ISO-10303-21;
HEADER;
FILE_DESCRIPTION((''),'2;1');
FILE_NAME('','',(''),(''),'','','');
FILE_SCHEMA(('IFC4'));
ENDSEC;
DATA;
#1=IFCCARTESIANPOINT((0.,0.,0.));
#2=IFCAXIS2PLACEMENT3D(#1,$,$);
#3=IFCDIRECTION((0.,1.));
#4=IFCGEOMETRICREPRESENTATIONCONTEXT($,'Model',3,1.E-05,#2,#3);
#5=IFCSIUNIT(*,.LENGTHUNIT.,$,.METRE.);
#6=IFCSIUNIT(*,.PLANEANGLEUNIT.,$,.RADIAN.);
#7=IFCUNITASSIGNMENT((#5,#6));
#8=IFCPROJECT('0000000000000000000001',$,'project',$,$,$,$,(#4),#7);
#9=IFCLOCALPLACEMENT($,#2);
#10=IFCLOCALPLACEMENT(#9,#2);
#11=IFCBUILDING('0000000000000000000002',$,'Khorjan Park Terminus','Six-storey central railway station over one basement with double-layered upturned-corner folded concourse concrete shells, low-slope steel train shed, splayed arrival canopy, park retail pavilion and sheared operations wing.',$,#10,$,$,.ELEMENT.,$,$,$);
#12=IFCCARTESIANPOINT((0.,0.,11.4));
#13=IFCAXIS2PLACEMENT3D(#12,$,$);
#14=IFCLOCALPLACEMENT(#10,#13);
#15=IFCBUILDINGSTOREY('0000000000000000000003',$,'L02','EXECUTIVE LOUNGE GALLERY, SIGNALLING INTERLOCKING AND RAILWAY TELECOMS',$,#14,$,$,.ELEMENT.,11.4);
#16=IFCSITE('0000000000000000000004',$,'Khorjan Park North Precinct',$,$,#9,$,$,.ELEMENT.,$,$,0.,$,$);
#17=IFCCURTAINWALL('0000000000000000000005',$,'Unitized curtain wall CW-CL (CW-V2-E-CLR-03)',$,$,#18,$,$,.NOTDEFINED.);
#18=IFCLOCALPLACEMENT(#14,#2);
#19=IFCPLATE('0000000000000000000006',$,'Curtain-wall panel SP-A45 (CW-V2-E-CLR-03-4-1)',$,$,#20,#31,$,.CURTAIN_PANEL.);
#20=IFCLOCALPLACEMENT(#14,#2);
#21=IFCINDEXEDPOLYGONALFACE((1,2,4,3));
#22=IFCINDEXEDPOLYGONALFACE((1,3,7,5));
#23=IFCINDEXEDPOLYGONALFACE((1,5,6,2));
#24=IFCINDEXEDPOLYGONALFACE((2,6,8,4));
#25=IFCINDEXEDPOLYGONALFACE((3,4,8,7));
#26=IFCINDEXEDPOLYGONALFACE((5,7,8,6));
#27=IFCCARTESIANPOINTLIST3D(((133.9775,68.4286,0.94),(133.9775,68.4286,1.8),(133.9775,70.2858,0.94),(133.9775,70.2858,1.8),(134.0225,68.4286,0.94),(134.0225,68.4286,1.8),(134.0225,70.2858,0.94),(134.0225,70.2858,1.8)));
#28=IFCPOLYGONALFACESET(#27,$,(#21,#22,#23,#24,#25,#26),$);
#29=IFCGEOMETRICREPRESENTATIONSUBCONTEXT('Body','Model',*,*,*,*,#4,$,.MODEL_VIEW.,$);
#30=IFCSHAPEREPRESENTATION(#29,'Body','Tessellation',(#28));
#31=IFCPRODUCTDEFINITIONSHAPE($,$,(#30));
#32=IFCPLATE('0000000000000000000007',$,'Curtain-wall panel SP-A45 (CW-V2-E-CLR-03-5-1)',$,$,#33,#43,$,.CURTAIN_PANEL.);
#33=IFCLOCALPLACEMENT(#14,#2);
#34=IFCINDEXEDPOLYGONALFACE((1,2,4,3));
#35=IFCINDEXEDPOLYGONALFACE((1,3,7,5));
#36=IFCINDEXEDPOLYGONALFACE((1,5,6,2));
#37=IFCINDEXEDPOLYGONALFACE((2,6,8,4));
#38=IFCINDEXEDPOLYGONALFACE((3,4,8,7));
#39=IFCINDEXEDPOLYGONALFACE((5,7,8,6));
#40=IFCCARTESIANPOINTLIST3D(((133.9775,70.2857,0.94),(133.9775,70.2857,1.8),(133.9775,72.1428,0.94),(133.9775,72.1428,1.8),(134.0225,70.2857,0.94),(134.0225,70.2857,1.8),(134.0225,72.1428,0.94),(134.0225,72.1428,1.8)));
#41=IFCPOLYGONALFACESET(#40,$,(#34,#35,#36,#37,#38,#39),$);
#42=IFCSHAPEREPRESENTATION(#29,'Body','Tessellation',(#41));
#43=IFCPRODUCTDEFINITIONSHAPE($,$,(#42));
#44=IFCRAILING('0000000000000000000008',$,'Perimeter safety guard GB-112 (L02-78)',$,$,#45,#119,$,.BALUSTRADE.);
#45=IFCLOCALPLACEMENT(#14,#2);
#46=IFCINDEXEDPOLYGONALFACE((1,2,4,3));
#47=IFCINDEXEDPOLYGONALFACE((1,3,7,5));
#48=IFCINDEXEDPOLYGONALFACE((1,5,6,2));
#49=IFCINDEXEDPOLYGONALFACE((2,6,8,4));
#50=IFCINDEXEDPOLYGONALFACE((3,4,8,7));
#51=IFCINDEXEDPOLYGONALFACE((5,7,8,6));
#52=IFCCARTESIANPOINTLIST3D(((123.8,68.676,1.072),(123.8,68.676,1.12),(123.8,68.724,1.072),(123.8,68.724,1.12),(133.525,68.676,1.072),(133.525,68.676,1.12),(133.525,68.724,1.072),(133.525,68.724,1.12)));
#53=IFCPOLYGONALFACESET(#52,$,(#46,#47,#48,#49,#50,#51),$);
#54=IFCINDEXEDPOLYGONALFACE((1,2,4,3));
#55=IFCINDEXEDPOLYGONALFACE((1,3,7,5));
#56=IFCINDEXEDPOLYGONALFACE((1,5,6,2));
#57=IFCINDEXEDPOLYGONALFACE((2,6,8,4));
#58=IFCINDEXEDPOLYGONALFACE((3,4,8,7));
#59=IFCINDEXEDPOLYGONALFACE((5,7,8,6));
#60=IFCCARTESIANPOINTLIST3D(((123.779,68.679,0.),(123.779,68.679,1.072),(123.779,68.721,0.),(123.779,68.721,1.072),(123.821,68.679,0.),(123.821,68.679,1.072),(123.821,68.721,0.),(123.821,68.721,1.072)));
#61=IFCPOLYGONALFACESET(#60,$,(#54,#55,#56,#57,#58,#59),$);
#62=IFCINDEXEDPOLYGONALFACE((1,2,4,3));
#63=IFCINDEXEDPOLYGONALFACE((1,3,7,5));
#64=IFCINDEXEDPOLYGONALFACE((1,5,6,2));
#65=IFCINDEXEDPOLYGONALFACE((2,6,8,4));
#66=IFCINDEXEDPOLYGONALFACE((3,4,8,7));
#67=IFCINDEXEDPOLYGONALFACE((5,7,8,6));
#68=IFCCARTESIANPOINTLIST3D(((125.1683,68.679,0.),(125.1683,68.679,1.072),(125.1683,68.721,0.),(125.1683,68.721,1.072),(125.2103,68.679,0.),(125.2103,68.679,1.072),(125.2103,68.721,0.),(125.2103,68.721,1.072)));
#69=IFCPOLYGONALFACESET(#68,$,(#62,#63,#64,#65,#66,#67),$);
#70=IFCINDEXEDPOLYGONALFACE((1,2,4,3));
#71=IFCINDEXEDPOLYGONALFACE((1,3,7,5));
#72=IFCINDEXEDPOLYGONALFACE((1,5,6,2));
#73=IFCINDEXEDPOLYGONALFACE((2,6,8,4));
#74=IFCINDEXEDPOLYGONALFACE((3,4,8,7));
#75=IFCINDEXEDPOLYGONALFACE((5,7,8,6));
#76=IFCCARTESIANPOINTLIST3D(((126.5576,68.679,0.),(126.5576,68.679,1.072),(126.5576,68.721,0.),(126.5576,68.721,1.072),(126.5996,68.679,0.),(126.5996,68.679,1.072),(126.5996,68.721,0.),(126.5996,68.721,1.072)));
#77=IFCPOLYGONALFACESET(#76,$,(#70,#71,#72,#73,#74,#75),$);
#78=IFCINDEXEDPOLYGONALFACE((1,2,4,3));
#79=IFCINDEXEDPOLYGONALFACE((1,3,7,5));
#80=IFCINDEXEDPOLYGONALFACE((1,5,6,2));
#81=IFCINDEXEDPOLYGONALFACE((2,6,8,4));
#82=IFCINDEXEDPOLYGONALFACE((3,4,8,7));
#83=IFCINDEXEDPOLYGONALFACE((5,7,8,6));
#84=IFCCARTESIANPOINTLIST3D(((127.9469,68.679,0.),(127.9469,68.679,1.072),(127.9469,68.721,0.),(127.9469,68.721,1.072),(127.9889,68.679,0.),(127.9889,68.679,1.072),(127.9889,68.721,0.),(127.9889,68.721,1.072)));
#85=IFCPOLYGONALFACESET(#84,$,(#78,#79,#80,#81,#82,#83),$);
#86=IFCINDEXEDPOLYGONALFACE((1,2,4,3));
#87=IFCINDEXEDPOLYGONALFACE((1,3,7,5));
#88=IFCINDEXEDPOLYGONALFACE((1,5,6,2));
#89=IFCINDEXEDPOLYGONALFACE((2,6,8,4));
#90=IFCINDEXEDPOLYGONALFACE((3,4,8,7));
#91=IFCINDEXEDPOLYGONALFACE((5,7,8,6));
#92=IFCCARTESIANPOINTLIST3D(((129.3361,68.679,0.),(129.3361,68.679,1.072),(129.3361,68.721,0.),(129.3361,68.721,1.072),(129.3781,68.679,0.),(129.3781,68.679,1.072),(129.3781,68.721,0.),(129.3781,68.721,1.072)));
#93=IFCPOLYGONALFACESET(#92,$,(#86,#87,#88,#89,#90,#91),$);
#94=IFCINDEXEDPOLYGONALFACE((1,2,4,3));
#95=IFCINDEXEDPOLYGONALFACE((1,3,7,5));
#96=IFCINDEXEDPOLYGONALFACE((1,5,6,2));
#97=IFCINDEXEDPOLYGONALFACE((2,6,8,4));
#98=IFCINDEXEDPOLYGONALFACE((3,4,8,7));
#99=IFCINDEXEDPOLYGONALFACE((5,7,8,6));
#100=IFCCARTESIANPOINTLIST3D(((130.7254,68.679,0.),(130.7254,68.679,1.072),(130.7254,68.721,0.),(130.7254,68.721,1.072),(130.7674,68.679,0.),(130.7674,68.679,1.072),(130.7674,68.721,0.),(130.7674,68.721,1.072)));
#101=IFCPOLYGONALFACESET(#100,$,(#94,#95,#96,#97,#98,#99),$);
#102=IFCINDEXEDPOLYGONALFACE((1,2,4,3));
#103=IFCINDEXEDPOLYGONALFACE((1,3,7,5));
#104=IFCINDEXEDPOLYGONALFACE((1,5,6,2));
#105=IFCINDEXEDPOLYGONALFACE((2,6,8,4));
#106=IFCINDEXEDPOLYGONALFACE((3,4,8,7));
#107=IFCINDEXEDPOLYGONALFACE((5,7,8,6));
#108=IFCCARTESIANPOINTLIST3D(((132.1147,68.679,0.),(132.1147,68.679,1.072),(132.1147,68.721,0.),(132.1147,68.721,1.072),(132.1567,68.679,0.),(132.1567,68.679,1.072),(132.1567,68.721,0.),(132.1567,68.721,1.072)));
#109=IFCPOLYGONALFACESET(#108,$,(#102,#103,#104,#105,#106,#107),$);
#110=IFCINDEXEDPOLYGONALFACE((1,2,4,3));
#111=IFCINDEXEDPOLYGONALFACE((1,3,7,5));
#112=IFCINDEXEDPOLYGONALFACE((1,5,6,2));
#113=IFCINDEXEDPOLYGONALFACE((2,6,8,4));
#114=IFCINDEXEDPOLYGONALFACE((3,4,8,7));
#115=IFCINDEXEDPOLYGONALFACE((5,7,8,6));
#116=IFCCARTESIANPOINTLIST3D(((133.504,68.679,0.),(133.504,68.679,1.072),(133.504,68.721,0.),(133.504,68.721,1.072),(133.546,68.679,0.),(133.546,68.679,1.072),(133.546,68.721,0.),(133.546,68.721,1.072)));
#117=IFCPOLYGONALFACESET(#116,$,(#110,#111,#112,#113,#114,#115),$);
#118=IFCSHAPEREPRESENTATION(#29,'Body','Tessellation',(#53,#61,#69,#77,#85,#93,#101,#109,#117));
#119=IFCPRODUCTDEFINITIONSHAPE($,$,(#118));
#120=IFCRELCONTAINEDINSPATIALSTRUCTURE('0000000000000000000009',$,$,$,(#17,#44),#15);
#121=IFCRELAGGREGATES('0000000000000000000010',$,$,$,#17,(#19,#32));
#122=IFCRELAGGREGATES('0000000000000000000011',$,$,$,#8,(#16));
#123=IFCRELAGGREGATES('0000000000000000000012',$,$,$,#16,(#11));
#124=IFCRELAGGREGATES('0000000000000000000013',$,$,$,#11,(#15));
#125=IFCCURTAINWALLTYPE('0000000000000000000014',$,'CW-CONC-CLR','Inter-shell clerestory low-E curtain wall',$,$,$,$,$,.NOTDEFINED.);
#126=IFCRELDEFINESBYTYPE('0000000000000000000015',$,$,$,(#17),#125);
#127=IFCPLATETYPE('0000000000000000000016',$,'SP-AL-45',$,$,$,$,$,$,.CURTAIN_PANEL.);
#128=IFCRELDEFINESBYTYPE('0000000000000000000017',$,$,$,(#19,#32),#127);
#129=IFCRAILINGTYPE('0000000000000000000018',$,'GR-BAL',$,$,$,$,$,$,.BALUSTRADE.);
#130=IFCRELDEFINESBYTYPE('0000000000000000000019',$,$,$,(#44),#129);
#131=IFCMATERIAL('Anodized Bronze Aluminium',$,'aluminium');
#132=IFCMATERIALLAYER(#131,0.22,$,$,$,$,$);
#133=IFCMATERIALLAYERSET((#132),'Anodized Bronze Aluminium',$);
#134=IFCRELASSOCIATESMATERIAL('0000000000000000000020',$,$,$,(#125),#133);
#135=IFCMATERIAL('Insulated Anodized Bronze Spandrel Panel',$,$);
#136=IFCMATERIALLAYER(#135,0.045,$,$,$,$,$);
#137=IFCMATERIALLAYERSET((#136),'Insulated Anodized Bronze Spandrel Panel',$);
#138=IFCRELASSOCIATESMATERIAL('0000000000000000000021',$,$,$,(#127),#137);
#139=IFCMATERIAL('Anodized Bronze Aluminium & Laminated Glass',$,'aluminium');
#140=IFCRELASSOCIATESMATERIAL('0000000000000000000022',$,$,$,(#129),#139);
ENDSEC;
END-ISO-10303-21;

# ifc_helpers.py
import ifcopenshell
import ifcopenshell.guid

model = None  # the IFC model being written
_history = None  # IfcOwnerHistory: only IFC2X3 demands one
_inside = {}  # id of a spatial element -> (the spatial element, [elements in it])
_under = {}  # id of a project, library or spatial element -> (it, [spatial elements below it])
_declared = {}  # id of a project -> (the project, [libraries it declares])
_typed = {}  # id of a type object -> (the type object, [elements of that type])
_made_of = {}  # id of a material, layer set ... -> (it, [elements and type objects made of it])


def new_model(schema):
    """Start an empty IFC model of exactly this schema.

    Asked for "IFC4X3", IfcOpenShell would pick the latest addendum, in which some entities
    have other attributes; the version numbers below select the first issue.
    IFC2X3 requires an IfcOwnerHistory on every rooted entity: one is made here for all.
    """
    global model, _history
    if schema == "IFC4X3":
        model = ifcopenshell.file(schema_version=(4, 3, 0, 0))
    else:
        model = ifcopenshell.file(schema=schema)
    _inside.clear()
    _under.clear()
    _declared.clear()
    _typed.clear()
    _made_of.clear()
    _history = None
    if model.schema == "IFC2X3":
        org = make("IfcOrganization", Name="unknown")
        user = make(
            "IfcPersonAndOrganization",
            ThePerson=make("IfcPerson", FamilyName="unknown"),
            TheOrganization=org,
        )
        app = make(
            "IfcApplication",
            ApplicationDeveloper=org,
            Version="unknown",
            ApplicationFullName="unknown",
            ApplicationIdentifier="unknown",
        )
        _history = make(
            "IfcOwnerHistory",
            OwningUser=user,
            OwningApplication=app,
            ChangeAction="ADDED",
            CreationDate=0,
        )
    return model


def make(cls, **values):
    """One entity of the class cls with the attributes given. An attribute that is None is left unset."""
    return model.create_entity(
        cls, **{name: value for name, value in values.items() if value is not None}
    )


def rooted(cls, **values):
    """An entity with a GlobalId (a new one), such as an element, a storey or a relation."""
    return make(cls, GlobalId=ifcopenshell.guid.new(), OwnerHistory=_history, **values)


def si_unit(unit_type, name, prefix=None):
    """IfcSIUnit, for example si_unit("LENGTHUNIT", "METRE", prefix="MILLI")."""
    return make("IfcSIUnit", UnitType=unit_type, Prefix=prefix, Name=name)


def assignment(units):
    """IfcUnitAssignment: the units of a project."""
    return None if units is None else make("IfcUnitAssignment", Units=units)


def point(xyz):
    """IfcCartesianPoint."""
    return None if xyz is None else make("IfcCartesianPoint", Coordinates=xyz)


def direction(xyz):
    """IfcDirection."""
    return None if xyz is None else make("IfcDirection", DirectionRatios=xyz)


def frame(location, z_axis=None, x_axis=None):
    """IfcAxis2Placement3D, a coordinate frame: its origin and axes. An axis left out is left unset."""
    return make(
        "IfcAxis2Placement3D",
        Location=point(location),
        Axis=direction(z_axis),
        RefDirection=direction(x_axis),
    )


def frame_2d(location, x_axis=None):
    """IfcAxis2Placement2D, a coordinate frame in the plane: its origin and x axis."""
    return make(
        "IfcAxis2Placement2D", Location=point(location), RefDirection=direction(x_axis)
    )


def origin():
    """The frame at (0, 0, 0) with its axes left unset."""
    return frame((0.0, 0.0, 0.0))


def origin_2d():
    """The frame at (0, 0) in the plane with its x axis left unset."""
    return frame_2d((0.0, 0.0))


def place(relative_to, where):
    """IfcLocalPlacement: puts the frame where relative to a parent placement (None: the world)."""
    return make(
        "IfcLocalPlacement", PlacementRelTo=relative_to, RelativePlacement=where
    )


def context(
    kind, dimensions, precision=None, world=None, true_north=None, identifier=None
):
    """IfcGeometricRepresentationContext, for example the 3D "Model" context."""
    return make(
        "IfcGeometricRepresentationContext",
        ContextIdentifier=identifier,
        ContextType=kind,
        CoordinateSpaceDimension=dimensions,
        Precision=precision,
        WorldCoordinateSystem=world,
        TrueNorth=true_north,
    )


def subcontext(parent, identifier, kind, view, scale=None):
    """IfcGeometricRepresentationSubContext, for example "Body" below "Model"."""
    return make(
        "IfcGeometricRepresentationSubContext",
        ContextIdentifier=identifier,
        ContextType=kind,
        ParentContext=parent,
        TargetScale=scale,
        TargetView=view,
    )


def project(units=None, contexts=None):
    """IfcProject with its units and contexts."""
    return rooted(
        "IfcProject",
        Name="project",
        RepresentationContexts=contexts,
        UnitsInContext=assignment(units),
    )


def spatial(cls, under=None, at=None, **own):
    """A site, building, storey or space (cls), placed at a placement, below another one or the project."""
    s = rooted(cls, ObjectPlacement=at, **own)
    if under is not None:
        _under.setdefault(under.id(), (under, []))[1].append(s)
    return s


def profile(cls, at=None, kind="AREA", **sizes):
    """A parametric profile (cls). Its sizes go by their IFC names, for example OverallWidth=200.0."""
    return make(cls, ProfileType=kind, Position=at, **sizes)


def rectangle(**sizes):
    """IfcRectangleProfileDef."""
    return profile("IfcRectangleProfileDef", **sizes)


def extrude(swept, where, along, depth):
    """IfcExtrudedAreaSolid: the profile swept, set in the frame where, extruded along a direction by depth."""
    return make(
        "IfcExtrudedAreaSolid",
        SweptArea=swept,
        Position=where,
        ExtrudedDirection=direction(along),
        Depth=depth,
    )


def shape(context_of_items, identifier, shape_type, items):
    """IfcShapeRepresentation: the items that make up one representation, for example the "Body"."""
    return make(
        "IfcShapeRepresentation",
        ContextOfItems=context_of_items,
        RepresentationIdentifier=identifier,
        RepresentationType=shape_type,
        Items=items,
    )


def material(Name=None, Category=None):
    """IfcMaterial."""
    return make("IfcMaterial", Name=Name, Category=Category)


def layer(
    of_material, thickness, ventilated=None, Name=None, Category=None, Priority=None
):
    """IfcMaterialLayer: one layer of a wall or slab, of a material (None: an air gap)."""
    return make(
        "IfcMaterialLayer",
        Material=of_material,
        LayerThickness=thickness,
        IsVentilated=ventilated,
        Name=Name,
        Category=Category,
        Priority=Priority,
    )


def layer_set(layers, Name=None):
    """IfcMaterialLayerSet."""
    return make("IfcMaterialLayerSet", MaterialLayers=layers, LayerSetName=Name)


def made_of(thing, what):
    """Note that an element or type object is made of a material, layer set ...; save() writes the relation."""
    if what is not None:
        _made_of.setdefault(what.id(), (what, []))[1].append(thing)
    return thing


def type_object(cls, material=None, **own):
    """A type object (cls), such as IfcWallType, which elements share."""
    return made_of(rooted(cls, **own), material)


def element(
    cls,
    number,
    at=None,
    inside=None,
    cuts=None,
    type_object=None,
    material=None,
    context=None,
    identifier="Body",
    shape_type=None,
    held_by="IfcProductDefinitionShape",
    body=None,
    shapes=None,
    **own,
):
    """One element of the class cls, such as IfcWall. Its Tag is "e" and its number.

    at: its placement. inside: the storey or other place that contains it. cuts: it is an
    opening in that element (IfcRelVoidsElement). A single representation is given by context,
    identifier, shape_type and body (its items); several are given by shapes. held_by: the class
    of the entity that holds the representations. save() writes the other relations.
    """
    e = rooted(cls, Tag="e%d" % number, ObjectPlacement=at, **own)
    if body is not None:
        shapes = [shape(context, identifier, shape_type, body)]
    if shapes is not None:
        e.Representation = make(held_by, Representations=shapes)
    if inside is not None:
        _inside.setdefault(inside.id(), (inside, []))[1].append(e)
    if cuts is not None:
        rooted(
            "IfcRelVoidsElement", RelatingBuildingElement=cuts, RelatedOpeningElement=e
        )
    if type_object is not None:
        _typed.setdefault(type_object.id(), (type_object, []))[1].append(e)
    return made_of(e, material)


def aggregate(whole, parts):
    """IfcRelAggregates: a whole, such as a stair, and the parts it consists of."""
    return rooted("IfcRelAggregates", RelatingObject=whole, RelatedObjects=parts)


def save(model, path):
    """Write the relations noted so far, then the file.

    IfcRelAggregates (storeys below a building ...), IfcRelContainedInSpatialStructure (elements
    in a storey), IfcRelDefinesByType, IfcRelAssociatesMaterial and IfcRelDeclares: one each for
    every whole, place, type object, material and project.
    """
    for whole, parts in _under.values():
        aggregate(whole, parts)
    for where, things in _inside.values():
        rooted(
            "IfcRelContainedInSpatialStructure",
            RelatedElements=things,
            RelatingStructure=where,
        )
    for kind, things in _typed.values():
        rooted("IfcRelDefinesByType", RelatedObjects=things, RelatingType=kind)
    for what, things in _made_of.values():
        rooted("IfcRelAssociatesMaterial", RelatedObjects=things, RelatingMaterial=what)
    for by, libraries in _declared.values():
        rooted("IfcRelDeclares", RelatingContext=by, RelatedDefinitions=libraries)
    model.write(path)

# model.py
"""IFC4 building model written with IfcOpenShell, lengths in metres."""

from ifc_helpers import new_model, si_unit, direction, frame, origin, origin_2d, place, context, subcontext, project, spatial, rectangle, extrude, material, layer, layer_set, type_object, element, aggregate, save


model = new_model("IFC4")

# Units and contexts
model_context = context("Model", 3, precision=1e-05, world=origin(), true_north=direction((0.0, 1.0)))
body_context = subcontext(model_context, "Body", "Model", "MODEL_VIEW")
ifc_project = project(units=[si_unit("LENGTHUNIT", "METRE"), si_unit("PLANEANGLEUNIT", "RADIAN")], contexts=[model_context])

# Site, building, storey
site_placement = place(None, origin())
site = spatial("IfcSite", under=ifc_project, at=site_placement, Name="Khorjan Park North Precinct", CompositionType="ELEMENT", RefElevation=0.0)
building_placement = place(site_placement, origin())
building = spatial("IfcBuilding", under=site, at=building_placement, Name="Khorjan Park Terminus", Description="Six-storey central railway station over one basement with double-layered upturned-corner folded concourse concrete shells, low-slope steel train shed, splayed arrival canopy, park retail pavilion and sheared operations wing.", CompositionType="ELEMENT")
storey_placement = place(building_placement, frame((0.0, 0.0, 11.4)))
storey = spatial("IfcBuildingStorey", under=building, at=storey_placement, Name="L02", Description="EXECUTIVE LOUNGE GALLERY, SIGNALLING INTERLOCKING AND RAILWAY TELECOMS", CompositionType="ELEMENT", Elevation=11.4)

# Curtain wall
ifc_material_1 = material(Name="Anodized Bronze Aluminium", Category="aluminium")
ifc_layer_1 = layer(ifc_material_1, 0.22)
ifc_layer_set_1 = layer_set([ifc_layer_1], Name="Anodized Bronze Aluminium")
curtain_wall_type = type_object("IfcCurtainWallType", Name="CW-CONC-CLR", Description="Inter-shell clerestory low-E curtain wall", PredefinedType="NOTDEFINED", material=ifc_layer_set_1)
curtain_wall_placement = place(storey_placement, origin())
curtain_wall = element("IfcCurtainWall", 1, at=curtain_wall_placement, inside=storey, type_object=curtain_wall_type, Name="Unitized curtain wall CW-CL (CW-V2-E-CLR-03)", PredefinedType="NOTDEFINED")

# Plates
ifc_material_2 = material(Name="Insulated Anodized Bronze Spandrel Panel")
ifc_layer_2 = layer(ifc_material_2, 0.045)
ifc_layer_set_2 = layer_set([ifc_layer_2], Name="Insulated Anodized Bronze Spandrel Panel")
plate_type_1 = type_object("IfcPlateType", Name="SP-AL-45", PredefinedType="CURTAIN_PANEL", material=ifc_layer_set_2)
plate_1_placement = place(storey_placement, frame((134.0, 69.3572, 0.94), z_axis=(0.0, 0.0, 1.0), x_axis=(0.0, 1.0, 0.0)))
plate_1 = element("IfcPlate", 2, at=plate_1_placement, type_object=plate_type_1, Name="Curtain-wall panel SP-A45 (CW-V2-E-CLR-03-4-1)", PredefinedType="CURTAIN_PANEL", context=body_context, shape_type="SweptSolid", body=[
    extrude(rectangle(XDim=1.8571, YDim=0.045, at=origin_2d()), origin(), (0.0, 0.0, 1.0), 0.86),
])
plate_2_placement = place(storey_placement, frame((134.0, 71.2143, 0.94), z_axis=(0.0, 0.0, 1.0), x_axis=(0.0, 1.0, 0.0)))
plate_2 = element("IfcPlate", 3, at=plate_2_placement, type_object=plate_type_1, Name="Curtain-wall panel SP-A45 (CW-V2-E-CLR-03-5-1)", PredefinedType="CURTAIN_PANEL", context=body_context, shape_type="SweptSolid", body=[
    extrude(rectangle(XDim=1.8571, YDim=0.045, at=origin_2d()), origin(), (0.0, 0.0, 1.0), 0.86),
])
aggregate(curtain_wall, [plate_1, plate_2])

# Railing
ifc_material_3 = material(Name="Anodized Bronze Aluminium & Laminated Glass", Category="aluminium")
railing_type = type_object("IfcRailingType", Name="GR-BAL", PredefinedType="BALUSTRADE", material=ifc_material_3)
railing_placement = place(storey_placement, frame((123.8, 68.7, 0.0)))
element("IfcRailing", 4, at=railing_placement, inside=storey, type_object=railing_type, Name="Perimeter safety guard GB-112 (L02-78)", PredefinedType="BALUSTRADE", context=body_context, shape_type="SweptSolid", body=[
    extrude(rectangle(XDim=0.048, YDim=0.048, at=origin_2d()), frame((0.0, 0.0, 1.096), z_axis=(1.0, 0.0, 0.0), x_axis=(0.0, 1.0, 0.0)), (0.0, 0.0, 1.0), 9.725),
    extrude(rectangle(XDim=0.042, YDim=0.042, at=origin_2d()), origin(), (0.0, 0.0, 1.0), 1.072),
    extrude(rectangle(XDim=0.042, YDim=0.042, at=origin_2d()), frame((1.3893, 0.0, 0.0)), (0.0, 0.0, 1.0), 1.072),
    extrude(rectangle(XDim=0.042, YDim=0.042, at=origin_2d()), frame((2.7786, 0.0, 0.0)), (0.0, 0.0, 1.0), 1.072),
    extrude(rectangle(XDim=0.042, YDim=0.042, at=origin_2d()), frame((4.1679, 0.0, 0.0)), (0.0, 0.0, 1.0), 1.072),
    extrude(rectangle(XDim=0.042, YDim=0.042, at=origin_2d()), frame((5.5571, 0.0, 0.0)), (0.0, 0.0, 1.0), 1.072),
    extrude(rectangle(XDim=0.042, YDim=0.042, at=origin_2d()), frame((6.9464, 0.0, 0.0)), (0.0, 0.0, 1.0), 1.072),
    extrude(rectangle(XDim=0.042, YDim=0.042, at=origin_2d()), frame((8.3357, 0.0, 0.0)), (0.0, 0.0, 1.0), 1.072),
    extrude(rectangle(XDim=0.042, YDim=0.042, at=origin_2d()), frame((9.725, 0.0, 0.0)), (0.0, 0.0, 1.0), 1.072),
])

save(model, "model.ifc")
